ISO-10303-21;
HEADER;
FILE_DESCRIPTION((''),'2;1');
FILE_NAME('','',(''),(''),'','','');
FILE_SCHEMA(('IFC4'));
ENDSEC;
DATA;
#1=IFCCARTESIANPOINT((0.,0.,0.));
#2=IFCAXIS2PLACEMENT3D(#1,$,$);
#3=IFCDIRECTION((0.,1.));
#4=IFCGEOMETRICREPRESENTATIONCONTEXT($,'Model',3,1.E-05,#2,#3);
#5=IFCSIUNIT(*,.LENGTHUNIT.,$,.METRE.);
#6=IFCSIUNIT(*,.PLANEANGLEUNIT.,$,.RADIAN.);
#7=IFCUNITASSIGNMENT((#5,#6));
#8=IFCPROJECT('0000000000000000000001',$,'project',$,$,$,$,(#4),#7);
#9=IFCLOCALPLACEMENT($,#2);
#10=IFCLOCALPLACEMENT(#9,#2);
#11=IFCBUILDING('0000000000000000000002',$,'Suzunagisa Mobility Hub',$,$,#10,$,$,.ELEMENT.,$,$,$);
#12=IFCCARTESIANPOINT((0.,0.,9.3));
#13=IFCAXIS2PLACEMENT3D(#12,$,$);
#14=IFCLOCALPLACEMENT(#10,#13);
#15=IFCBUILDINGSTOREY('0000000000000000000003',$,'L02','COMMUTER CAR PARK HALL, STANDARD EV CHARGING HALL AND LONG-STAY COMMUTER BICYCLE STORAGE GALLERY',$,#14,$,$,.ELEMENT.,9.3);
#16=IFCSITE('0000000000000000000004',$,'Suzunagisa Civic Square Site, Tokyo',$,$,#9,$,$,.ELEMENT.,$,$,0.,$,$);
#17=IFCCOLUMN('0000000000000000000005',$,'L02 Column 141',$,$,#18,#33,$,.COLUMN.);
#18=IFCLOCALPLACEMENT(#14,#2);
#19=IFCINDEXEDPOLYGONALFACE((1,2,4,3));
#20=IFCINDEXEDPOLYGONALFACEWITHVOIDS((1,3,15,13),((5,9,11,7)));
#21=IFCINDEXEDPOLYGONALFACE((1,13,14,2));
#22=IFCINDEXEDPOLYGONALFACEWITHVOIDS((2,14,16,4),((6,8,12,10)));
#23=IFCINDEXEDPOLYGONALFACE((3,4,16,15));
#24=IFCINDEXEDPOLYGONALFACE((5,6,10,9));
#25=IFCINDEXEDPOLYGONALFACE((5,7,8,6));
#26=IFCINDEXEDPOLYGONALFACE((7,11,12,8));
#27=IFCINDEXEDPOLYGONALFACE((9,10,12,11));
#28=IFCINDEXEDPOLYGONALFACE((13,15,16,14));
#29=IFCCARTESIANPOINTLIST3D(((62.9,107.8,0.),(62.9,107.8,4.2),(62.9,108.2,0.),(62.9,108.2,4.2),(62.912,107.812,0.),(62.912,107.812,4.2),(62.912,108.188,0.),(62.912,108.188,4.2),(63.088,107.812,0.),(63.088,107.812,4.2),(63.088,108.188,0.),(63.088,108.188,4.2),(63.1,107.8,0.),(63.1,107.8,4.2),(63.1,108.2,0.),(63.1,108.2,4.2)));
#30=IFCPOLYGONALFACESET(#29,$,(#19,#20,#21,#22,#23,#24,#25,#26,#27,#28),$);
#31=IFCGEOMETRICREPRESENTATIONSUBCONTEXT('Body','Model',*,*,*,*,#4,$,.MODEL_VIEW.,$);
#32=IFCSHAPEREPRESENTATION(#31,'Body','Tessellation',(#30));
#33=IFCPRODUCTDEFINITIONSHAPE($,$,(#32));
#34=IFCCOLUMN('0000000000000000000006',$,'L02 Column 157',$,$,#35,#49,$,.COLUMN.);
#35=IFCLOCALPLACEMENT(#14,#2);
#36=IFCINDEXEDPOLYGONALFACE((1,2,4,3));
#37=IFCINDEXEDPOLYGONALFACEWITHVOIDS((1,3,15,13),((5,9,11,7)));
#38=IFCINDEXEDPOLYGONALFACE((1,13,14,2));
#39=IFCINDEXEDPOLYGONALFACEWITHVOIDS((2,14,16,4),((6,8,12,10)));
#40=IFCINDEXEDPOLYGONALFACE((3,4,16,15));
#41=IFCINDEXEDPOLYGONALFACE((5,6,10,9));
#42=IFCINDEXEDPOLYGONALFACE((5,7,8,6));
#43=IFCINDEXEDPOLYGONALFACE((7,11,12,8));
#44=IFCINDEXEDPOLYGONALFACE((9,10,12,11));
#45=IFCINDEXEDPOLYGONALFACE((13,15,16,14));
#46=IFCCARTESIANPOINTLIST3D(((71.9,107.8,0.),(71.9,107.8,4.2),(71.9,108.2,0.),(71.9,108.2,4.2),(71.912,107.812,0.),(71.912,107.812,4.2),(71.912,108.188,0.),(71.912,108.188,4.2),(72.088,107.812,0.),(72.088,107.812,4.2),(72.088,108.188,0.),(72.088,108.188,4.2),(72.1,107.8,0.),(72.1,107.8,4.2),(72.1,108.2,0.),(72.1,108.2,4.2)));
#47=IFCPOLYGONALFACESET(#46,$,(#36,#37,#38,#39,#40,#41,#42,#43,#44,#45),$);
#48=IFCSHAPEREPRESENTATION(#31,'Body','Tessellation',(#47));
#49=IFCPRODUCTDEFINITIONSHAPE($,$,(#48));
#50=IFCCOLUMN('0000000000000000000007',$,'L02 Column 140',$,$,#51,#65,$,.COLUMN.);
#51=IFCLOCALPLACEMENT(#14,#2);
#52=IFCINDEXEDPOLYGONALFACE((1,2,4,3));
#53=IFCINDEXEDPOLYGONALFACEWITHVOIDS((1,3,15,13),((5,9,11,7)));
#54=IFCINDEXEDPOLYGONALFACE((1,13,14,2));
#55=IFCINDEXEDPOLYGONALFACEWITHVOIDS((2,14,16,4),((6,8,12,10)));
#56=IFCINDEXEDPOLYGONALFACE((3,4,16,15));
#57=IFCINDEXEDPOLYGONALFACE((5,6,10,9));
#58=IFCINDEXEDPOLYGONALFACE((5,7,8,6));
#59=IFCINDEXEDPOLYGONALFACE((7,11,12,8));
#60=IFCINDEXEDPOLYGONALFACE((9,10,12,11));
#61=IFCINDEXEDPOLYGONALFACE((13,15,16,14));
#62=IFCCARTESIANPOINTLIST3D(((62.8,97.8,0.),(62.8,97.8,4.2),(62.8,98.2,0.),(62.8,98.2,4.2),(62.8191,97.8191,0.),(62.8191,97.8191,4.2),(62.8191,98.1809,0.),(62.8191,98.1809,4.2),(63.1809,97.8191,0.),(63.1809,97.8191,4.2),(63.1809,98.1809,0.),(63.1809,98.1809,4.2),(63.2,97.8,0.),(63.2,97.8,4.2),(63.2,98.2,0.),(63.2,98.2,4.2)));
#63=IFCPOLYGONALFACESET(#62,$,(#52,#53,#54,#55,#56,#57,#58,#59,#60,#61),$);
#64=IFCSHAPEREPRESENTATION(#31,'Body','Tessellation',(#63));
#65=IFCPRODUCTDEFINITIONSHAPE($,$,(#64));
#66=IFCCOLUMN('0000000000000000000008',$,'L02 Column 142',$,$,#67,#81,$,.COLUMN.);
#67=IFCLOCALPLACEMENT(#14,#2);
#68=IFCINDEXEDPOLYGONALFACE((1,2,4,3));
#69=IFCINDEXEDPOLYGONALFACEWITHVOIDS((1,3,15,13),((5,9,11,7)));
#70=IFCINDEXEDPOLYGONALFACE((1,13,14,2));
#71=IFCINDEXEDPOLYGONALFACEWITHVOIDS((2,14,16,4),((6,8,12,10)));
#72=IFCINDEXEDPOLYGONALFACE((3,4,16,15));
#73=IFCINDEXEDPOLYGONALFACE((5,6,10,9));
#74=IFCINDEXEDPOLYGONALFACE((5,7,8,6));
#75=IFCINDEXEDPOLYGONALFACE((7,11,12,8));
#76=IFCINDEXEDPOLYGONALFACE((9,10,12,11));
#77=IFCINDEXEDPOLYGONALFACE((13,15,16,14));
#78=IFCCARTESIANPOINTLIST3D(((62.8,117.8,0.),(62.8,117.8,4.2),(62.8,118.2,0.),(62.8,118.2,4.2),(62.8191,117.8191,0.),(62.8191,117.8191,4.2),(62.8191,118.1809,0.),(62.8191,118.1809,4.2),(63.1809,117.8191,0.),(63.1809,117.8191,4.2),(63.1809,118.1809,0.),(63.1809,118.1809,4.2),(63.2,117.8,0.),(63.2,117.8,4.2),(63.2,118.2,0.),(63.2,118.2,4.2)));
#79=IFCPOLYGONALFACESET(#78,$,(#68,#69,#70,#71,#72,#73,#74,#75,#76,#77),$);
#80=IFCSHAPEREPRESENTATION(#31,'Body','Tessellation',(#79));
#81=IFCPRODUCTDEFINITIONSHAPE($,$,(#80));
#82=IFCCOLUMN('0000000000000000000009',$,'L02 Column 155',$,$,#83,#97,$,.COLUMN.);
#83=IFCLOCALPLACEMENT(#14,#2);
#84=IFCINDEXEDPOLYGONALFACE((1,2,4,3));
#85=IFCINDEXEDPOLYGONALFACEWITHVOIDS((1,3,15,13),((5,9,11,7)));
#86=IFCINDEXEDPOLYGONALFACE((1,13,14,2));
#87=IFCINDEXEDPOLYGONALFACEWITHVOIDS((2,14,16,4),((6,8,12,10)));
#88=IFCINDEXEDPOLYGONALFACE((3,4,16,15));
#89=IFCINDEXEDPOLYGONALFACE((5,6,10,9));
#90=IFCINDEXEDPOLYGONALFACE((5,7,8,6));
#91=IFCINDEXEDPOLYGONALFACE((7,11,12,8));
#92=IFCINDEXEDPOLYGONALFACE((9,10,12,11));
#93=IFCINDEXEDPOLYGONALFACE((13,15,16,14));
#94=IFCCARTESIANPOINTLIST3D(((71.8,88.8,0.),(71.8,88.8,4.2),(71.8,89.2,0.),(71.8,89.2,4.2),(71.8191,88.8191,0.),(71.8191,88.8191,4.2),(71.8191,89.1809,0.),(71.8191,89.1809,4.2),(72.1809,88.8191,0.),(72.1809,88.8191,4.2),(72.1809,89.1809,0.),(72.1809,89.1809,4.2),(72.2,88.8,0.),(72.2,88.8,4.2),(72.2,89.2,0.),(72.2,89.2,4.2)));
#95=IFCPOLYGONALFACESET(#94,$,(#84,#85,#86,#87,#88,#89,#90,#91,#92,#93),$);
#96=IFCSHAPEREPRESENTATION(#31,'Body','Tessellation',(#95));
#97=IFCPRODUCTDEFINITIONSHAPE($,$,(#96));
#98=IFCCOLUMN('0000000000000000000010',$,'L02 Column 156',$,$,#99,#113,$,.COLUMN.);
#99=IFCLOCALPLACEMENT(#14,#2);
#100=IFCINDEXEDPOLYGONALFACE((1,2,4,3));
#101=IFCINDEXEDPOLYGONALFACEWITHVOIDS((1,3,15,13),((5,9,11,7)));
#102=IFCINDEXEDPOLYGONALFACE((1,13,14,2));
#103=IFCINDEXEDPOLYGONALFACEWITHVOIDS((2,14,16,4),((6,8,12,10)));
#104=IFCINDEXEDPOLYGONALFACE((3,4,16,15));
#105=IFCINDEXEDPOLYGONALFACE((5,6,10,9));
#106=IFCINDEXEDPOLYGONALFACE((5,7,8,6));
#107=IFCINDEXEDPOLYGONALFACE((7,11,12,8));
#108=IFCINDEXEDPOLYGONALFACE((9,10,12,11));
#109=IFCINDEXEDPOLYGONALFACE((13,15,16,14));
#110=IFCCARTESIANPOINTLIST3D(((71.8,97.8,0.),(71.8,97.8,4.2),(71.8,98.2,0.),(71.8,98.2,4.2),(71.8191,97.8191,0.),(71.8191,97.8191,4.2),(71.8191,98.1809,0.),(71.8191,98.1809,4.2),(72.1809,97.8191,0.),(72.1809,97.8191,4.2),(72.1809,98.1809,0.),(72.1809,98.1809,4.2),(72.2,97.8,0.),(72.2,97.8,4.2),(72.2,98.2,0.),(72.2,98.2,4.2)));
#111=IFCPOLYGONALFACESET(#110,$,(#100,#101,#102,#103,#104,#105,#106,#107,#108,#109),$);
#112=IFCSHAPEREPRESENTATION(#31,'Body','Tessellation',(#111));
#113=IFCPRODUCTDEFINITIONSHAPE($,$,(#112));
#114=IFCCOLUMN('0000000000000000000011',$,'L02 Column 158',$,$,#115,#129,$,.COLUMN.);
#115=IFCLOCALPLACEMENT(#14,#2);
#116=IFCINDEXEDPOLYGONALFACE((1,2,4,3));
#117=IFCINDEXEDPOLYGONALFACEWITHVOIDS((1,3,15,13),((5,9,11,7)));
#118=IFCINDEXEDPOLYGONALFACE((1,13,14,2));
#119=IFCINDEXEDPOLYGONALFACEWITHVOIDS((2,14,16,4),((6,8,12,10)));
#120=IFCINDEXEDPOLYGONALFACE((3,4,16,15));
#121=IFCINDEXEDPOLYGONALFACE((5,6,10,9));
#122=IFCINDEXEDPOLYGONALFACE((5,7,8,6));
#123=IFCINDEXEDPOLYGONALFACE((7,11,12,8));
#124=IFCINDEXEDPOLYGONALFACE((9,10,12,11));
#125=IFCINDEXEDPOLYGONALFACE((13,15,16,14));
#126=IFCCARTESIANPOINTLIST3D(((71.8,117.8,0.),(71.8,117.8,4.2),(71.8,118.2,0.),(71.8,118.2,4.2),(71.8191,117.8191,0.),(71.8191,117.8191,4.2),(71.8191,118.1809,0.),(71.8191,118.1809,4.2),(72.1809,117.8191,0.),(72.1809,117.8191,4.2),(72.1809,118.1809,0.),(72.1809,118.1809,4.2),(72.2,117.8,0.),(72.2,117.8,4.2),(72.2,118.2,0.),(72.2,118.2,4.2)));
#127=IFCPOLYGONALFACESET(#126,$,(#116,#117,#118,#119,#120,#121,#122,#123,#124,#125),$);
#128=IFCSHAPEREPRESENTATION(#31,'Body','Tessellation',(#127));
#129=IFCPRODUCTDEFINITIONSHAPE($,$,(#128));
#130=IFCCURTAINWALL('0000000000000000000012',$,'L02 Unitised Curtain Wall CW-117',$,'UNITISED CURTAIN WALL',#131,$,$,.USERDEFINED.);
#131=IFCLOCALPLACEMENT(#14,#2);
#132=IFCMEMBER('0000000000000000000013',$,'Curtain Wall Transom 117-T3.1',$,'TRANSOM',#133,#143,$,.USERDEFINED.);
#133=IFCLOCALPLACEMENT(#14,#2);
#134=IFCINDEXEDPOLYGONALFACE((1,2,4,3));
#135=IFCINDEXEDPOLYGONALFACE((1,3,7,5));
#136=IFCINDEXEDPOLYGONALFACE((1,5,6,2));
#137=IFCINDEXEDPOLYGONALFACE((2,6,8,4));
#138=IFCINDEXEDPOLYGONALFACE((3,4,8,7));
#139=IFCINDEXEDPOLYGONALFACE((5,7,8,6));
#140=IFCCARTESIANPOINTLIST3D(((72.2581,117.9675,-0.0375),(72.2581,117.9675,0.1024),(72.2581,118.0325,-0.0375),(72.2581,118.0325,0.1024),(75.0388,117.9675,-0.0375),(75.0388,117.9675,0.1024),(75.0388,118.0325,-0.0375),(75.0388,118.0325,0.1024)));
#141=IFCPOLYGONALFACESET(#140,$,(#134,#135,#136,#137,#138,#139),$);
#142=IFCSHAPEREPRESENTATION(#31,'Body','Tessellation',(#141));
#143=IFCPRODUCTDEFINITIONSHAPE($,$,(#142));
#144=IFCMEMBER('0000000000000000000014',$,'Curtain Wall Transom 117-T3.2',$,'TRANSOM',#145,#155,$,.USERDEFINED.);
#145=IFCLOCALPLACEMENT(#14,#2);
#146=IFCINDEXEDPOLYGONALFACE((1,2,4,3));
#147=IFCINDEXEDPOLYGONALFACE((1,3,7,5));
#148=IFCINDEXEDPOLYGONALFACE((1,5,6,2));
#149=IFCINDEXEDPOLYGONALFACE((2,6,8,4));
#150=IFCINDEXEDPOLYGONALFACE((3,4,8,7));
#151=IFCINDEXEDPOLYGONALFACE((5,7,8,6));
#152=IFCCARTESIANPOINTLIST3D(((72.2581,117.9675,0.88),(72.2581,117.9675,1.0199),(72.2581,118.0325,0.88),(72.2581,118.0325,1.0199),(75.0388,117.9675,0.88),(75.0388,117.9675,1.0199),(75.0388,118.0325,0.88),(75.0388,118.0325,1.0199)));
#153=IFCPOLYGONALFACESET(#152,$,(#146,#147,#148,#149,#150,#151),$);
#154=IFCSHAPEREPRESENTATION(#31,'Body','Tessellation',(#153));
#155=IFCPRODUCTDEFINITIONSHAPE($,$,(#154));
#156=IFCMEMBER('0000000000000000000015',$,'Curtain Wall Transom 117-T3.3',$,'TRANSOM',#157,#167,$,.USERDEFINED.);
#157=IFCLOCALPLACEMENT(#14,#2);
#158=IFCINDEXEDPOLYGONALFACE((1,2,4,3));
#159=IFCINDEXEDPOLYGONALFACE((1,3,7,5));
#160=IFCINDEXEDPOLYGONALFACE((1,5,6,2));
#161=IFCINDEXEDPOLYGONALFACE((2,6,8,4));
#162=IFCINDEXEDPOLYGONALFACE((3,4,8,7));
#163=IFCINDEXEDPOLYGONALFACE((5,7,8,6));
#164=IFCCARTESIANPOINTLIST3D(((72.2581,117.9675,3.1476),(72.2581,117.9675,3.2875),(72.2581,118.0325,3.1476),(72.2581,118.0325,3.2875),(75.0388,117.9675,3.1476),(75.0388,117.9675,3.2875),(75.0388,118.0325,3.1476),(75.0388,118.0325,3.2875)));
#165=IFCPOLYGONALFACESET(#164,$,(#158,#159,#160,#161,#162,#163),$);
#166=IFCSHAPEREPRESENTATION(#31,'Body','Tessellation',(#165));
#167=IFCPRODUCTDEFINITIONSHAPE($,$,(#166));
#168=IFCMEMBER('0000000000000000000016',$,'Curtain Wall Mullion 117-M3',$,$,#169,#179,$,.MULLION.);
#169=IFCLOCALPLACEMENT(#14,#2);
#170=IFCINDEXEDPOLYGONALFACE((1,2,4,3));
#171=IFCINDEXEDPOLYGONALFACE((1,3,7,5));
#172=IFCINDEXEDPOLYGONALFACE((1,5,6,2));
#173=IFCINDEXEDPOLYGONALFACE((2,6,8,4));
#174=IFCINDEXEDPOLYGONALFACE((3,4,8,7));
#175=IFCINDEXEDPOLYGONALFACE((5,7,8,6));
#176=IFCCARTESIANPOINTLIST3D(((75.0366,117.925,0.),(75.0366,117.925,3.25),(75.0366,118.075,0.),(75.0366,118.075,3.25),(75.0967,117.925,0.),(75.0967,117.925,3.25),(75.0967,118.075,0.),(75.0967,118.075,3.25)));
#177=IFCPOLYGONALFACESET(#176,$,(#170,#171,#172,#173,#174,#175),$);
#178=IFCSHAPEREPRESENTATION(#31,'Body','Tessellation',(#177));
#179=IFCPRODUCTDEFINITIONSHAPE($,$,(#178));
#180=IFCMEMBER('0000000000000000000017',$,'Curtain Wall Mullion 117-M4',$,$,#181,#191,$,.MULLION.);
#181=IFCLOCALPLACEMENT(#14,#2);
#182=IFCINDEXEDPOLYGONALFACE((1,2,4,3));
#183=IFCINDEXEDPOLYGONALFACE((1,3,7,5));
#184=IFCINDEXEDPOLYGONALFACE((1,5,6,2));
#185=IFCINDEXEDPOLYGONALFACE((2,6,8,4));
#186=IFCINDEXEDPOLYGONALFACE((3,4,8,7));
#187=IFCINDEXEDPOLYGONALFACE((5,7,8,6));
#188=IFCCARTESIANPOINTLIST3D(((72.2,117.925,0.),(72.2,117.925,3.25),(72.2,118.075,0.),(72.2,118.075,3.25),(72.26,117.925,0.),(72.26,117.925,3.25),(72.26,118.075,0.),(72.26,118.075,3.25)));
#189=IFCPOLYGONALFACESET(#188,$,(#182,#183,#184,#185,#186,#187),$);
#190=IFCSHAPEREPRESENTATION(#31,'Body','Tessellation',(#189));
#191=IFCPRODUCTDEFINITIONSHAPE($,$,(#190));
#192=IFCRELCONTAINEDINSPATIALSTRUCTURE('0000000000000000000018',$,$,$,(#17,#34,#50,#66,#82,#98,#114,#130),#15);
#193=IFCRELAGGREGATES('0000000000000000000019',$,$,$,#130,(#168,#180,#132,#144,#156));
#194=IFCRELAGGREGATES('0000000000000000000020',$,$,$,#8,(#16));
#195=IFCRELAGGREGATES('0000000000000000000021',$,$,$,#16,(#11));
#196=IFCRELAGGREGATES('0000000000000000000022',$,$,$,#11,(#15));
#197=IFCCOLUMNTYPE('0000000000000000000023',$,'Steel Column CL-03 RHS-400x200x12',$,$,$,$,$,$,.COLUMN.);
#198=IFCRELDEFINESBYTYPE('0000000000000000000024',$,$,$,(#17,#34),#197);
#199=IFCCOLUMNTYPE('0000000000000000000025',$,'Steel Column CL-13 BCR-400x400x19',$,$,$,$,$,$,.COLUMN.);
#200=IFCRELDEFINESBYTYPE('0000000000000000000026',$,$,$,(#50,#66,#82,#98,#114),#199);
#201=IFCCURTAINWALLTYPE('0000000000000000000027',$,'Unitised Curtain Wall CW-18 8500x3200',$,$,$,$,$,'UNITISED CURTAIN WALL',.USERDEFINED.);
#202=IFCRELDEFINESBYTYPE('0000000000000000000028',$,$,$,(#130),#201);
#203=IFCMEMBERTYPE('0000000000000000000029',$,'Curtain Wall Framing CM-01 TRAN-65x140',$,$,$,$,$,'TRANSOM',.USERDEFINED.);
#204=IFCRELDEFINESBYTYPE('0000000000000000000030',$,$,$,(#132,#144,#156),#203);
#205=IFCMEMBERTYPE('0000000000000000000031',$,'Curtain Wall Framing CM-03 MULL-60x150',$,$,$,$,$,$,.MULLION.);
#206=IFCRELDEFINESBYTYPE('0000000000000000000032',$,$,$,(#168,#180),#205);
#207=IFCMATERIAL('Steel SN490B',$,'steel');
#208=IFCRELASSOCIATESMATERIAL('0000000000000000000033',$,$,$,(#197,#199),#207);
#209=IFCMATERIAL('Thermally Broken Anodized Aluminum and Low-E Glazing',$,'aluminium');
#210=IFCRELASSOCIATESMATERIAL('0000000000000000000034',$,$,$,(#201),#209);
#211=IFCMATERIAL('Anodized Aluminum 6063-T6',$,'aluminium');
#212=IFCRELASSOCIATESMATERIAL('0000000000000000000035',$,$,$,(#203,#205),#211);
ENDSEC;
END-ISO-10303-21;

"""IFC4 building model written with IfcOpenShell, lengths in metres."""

from ifc_helpers import new_model, si_unit, direction, frame, origin, origin_2d, place, context, subcontext, project, spatial, rectangle, hollow_rectangle, extrude, material, material_profile, profile_set, type_object, element, aggregate, save


model = new_model("IFC4")

# Units and contexts
model_context = context("Model", 3, precision=1e-05, world=origin(), true_north=direction((0.0, 1.0)))
body_context = subcontext(model_context, "Body", "Model", "MODEL_VIEW")
ifc_project = project(units=[si_unit("LENGTHUNIT", "METRE"), si_unit("PLANEANGLEUNIT", "RADIAN")], contexts=[model_context])

# Site, building, storey
site_placement = place(None, origin())
site = spatial("IfcSite", under=ifc_project, at=site_placement, Name="Suzunagisa Civic Square Site, Tokyo", CompositionType="ELEMENT", RefElevation=0.0)
building_placement = place(site_placement, origin())
building = spatial("IfcBuilding", under=site, at=building_placement, Name="Suzunagisa Mobility Hub", CompositionType="ELEMENT")
storey_placement = place(building_placement, frame((0.0, 0.0, 9.3)))
storey = spatial("IfcBuildingStorey", under=building, at=storey_placement, Name="L02", Description="COMMUTER CAR PARK HALL, STANDARD EV CHARGING HALL AND LONG-STAY COMMUTER BICYCLE STORAGE GALLERY", CompositionType="ELEMENT", Elevation=9.3)

# Columns
ifc_material_1 = material(Name="Steel SN490B", Category="steel")
ifc_material_profile_1 = material_profile(ifc_material_1, hollow_rectangle(XDim=0.2, YDim=0.3999, WallThickness=0.012, at=origin_2d()), Name="RHS-400x200x12")
ifc_profile_set_1 = profile_set([ifc_material_profile_1], Name="Steel SN490B")
column_type_1 = type_object("IfcColumnType", Name="Steel Column CL-03 RHS-400x200x12", PredefinedType="COLUMN", material=ifc_profile_set_1)
for number, where, z_axis, x_axis, name in (
    (1, (63.0, 108.0, 0.0), (0.0, 0.0, 1.0), (1.0, 0.0, 0.0), "L02 Column 141"),
    (2, (72.0, 108.0, 0.0), (0.0, 0.0, 1.0), (1.0, 0.0, 0.0), "L02 Column 157"),
):
    element("IfcColumn", number, at=place(storey_placement, frame(where, z_axis=z_axis, x_axis=x_axis)), inside=storey, type_object=column_type_1, Name=name, PredefinedType="COLUMN", context=body_context, shape_type="SweptSolid", body=[
        extrude(hollow_rectangle(XDim=0.2, YDim=0.3999, WallThickness=0.012, at=origin_2d()), origin(), (0.0, 0.0, 1.0), 4.2),
    ])
ifc_material_profile_2 = material_profile(ifc_material_1, hollow_rectangle(XDim=0.3999, YDim=0.3999, WallThickness=0.019, at=origin_2d()), Name="BCR-400x400x19")
ifc_profile_set_2 = profile_set([ifc_material_profile_2], Name="Steel SN490B")
column_type_2 = type_object("IfcColumnType", Name="Steel Column CL-13 BCR-400x400x19", PredefinedType="COLUMN", material=ifc_profile_set_2)
for number, where, z_axis, x_axis, name in (
    (3, (63.0, 98.0, 0.0), (0.0, 0.0, 1.0), (1.0, 0.0, 0.0), "L02 Column 140"),
    (4, (63.0, 118.0, 0.0), (0.0, 0.0, 1.0), (1.0, 0.0, 0.0), "L02 Column 142"),
    (5, (72.0, 89.0, 0.0), (0.0, 0.0, 1.0), (1.0, 0.0, 0.0), "L02 Column 155"),
    (6, (72.0, 98.0, 0.0), (0.0, 0.0, 1.0), (1.0, 0.0, 0.0), "L02 Column 156"),
    (7, (72.0, 118.0, 0.0), (0.0, 0.0, 1.0), (1.0, 0.0, 0.0), "L02 Column 158"),
):
    element("IfcColumn", number, at=place(storey_placement, frame(where, z_axis=z_axis, x_axis=x_axis)), inside=storey, type_object=column_type_2, Name=name, PredefinedType="COLUMN", context=body_context, shape_type="SweptSolid", body=[
        extrude(hollow_rectangle(XDim=0.3999, YDim=0.3999, WallThickness=0.019, at=origin_2d()), origin(), (0.0, 0.0, 1.0), 4.2),
    ])

# Curtain wall, members
ifc_material_2 = material(Name="Thermally Broken Anodized Aluminum and Low-E Glazing", Category="aluminium")
curtain_wall_type = type_object("IfcCurtainWallType", Name="Unitised Curtain Wall CW-18 8500x3200", ElementType="UNITISED CURTAIN WALL", PredefinedType="USERDEFINED", material=ifc_material_2)
curtain_wall_placement = place(storey_placement, origin())
curtain_wall = element("IfcCurtainWall", 8, at=curtain_wall_placement, inside=storey, type_object=curtain_wall_type, Name="L02 Unitised Curtain Wall CW-117", ObjectType="UNITISED CURTAIN WALL", PredefinedType="USERDEFINED")
ifc_material_3 = material(Name="Anodized Aluminum 6063-T6", Category="aluminium")
ifc_material_profile_3 = material_profile(ifc_material_3, rectangle(XDim=0.0649, YDim=0.1399, at=origin_2d()), Name="TRAN-65x140")
ifc_profile_set_3 = profile_set([ifc_material_profile_3], Name="Anodized Aluminum 6063-T6")
member_type_1 = type_object("IfcMemberType", Name="Curtain Wall Framing CM-01 TRAN-65x140", ElementType="TRANSOM", PredefinedType="USERDEFINED", material=ifc_profile_set_3)
member_1_placement = place(storey_placement, frame((75.0388, 118.0, 0.0325), z_axis=(-1.0, 0.0, 0.0), x_axis=(0.0, -1.0, 0.0)))
member_1 = element("IfcMember", 9, at=member_1_placement, type_object=member_type_1, Name="Curtain Wall Transom 117-T3.1", ObjectType="TRANSOM", PredefinedType="USERDEFINED", context=body_context, shape_type="SweptSolid", body=[
    extrude(rectangle(XDim=0.0649, YDim=0.1399, at=origin_2d()), origin(), (0.0, 0.0, 1.0), 2.7808),
])
member_2_placement = place(storey_placement, frame((75.0388, 118.0, 0.95), z_axis=(-1.0, 0.0, 0.0), x_axis=(0.0, -1.0, 0.0)))
member_2 = element("IfcMember", 10, at=member_2_placement, type_object=member_type_1, Name="Curtain Wall Transom 117-T3.2", ObjectType="TRANSOM", PredefinedType="USERDEFINED", context=body_context, shape_type="SweptSolid", body=[
    extrude(rectangle(XDim=0.0649, YDim=0.1399, at=origin_2d()), origin(), (0.0, 0.0, 1.0), 2.7808),
])
member_3_placement = place(storey_placement, frame((75.0388, 118.0, 3.2175), z_axis=(-1.0, 0.0, 0.0), x_axis=(0.0, -1.0, 0.0)))
member_3 = element("IfcMember", 11, at=member_3_placement, type_object=member_type_1, Name="Curtain Wall Transom 117-T3.3", ObjectType="TRANSOM", PredefinedType="USERDEFINED", context=body_context, shape_type="SweptSolid", body=[
    extrude(rectangle(XDim=0.0649, YDim=0.1399, at=origin_2d()), origin(), (0.0, 0.0, 1.0), 2.7808),
])
ifc_material_profile_4 = material_profile(ifc_material_3, rectangle(XDim=0.0601, YDim=0.1499, at=origin_2d()), Name="MULL-60x150")
ifc_profile_set_4 = profile_set([ifc_material_profile_4], Name="Anodized Aluminum 6063-T6")
member_type_2 = type_object("IfcMemberType", Name="Curtain Wall Framing CM-03 MULL-60x150", PredefinedType="MULLION", material=ifc_profile_set_4)
member_4_placement = place(storey_placement, frame((75.0667, 118.0, 0.0), z_axis=(0.0, 0.0, 1.0), x_axis=(-1.0, 0.0, 0.0)))
member_4 = element("IfcMember", 12, at=member_4_placement, type_object=member_type_2, Name="Curtain Wall Mullion 117-M3", PredefinedType="MULLION", context=body_context, shape_type="SweptSolid", body=[
    extrude(rectangle(XDim=0.0601, YDim=0.1499, at=origin_2d()), origin(), (0.0, 0.0, 1.0), 3.25),
])
member_5_placement = place(storey_placement, frame((72.23, 118.0, 0.0), z_axis=(0.0, 0.0, 1.0), x_axis=(-1.0, 0.0, 0.0)))
member_5 = element("IfcMember", 13, at=member_5_placement, type_object=member_type_2, Name="Curtain Wall Mullion 117-M4", PredefinedType="MULLION", context=body_context, shape_type="SweptSolid", body=[
    extrude(rectangle(XDim=0.0601, YDim=0.1499, at=origin_2d()), origin(), (0.0, 0.0, 1.0), 3.25),
])

aggregate(curtain_wall, [member_4, member_5, member_1, member_2, member_3])

save(model, "model.ifc")
